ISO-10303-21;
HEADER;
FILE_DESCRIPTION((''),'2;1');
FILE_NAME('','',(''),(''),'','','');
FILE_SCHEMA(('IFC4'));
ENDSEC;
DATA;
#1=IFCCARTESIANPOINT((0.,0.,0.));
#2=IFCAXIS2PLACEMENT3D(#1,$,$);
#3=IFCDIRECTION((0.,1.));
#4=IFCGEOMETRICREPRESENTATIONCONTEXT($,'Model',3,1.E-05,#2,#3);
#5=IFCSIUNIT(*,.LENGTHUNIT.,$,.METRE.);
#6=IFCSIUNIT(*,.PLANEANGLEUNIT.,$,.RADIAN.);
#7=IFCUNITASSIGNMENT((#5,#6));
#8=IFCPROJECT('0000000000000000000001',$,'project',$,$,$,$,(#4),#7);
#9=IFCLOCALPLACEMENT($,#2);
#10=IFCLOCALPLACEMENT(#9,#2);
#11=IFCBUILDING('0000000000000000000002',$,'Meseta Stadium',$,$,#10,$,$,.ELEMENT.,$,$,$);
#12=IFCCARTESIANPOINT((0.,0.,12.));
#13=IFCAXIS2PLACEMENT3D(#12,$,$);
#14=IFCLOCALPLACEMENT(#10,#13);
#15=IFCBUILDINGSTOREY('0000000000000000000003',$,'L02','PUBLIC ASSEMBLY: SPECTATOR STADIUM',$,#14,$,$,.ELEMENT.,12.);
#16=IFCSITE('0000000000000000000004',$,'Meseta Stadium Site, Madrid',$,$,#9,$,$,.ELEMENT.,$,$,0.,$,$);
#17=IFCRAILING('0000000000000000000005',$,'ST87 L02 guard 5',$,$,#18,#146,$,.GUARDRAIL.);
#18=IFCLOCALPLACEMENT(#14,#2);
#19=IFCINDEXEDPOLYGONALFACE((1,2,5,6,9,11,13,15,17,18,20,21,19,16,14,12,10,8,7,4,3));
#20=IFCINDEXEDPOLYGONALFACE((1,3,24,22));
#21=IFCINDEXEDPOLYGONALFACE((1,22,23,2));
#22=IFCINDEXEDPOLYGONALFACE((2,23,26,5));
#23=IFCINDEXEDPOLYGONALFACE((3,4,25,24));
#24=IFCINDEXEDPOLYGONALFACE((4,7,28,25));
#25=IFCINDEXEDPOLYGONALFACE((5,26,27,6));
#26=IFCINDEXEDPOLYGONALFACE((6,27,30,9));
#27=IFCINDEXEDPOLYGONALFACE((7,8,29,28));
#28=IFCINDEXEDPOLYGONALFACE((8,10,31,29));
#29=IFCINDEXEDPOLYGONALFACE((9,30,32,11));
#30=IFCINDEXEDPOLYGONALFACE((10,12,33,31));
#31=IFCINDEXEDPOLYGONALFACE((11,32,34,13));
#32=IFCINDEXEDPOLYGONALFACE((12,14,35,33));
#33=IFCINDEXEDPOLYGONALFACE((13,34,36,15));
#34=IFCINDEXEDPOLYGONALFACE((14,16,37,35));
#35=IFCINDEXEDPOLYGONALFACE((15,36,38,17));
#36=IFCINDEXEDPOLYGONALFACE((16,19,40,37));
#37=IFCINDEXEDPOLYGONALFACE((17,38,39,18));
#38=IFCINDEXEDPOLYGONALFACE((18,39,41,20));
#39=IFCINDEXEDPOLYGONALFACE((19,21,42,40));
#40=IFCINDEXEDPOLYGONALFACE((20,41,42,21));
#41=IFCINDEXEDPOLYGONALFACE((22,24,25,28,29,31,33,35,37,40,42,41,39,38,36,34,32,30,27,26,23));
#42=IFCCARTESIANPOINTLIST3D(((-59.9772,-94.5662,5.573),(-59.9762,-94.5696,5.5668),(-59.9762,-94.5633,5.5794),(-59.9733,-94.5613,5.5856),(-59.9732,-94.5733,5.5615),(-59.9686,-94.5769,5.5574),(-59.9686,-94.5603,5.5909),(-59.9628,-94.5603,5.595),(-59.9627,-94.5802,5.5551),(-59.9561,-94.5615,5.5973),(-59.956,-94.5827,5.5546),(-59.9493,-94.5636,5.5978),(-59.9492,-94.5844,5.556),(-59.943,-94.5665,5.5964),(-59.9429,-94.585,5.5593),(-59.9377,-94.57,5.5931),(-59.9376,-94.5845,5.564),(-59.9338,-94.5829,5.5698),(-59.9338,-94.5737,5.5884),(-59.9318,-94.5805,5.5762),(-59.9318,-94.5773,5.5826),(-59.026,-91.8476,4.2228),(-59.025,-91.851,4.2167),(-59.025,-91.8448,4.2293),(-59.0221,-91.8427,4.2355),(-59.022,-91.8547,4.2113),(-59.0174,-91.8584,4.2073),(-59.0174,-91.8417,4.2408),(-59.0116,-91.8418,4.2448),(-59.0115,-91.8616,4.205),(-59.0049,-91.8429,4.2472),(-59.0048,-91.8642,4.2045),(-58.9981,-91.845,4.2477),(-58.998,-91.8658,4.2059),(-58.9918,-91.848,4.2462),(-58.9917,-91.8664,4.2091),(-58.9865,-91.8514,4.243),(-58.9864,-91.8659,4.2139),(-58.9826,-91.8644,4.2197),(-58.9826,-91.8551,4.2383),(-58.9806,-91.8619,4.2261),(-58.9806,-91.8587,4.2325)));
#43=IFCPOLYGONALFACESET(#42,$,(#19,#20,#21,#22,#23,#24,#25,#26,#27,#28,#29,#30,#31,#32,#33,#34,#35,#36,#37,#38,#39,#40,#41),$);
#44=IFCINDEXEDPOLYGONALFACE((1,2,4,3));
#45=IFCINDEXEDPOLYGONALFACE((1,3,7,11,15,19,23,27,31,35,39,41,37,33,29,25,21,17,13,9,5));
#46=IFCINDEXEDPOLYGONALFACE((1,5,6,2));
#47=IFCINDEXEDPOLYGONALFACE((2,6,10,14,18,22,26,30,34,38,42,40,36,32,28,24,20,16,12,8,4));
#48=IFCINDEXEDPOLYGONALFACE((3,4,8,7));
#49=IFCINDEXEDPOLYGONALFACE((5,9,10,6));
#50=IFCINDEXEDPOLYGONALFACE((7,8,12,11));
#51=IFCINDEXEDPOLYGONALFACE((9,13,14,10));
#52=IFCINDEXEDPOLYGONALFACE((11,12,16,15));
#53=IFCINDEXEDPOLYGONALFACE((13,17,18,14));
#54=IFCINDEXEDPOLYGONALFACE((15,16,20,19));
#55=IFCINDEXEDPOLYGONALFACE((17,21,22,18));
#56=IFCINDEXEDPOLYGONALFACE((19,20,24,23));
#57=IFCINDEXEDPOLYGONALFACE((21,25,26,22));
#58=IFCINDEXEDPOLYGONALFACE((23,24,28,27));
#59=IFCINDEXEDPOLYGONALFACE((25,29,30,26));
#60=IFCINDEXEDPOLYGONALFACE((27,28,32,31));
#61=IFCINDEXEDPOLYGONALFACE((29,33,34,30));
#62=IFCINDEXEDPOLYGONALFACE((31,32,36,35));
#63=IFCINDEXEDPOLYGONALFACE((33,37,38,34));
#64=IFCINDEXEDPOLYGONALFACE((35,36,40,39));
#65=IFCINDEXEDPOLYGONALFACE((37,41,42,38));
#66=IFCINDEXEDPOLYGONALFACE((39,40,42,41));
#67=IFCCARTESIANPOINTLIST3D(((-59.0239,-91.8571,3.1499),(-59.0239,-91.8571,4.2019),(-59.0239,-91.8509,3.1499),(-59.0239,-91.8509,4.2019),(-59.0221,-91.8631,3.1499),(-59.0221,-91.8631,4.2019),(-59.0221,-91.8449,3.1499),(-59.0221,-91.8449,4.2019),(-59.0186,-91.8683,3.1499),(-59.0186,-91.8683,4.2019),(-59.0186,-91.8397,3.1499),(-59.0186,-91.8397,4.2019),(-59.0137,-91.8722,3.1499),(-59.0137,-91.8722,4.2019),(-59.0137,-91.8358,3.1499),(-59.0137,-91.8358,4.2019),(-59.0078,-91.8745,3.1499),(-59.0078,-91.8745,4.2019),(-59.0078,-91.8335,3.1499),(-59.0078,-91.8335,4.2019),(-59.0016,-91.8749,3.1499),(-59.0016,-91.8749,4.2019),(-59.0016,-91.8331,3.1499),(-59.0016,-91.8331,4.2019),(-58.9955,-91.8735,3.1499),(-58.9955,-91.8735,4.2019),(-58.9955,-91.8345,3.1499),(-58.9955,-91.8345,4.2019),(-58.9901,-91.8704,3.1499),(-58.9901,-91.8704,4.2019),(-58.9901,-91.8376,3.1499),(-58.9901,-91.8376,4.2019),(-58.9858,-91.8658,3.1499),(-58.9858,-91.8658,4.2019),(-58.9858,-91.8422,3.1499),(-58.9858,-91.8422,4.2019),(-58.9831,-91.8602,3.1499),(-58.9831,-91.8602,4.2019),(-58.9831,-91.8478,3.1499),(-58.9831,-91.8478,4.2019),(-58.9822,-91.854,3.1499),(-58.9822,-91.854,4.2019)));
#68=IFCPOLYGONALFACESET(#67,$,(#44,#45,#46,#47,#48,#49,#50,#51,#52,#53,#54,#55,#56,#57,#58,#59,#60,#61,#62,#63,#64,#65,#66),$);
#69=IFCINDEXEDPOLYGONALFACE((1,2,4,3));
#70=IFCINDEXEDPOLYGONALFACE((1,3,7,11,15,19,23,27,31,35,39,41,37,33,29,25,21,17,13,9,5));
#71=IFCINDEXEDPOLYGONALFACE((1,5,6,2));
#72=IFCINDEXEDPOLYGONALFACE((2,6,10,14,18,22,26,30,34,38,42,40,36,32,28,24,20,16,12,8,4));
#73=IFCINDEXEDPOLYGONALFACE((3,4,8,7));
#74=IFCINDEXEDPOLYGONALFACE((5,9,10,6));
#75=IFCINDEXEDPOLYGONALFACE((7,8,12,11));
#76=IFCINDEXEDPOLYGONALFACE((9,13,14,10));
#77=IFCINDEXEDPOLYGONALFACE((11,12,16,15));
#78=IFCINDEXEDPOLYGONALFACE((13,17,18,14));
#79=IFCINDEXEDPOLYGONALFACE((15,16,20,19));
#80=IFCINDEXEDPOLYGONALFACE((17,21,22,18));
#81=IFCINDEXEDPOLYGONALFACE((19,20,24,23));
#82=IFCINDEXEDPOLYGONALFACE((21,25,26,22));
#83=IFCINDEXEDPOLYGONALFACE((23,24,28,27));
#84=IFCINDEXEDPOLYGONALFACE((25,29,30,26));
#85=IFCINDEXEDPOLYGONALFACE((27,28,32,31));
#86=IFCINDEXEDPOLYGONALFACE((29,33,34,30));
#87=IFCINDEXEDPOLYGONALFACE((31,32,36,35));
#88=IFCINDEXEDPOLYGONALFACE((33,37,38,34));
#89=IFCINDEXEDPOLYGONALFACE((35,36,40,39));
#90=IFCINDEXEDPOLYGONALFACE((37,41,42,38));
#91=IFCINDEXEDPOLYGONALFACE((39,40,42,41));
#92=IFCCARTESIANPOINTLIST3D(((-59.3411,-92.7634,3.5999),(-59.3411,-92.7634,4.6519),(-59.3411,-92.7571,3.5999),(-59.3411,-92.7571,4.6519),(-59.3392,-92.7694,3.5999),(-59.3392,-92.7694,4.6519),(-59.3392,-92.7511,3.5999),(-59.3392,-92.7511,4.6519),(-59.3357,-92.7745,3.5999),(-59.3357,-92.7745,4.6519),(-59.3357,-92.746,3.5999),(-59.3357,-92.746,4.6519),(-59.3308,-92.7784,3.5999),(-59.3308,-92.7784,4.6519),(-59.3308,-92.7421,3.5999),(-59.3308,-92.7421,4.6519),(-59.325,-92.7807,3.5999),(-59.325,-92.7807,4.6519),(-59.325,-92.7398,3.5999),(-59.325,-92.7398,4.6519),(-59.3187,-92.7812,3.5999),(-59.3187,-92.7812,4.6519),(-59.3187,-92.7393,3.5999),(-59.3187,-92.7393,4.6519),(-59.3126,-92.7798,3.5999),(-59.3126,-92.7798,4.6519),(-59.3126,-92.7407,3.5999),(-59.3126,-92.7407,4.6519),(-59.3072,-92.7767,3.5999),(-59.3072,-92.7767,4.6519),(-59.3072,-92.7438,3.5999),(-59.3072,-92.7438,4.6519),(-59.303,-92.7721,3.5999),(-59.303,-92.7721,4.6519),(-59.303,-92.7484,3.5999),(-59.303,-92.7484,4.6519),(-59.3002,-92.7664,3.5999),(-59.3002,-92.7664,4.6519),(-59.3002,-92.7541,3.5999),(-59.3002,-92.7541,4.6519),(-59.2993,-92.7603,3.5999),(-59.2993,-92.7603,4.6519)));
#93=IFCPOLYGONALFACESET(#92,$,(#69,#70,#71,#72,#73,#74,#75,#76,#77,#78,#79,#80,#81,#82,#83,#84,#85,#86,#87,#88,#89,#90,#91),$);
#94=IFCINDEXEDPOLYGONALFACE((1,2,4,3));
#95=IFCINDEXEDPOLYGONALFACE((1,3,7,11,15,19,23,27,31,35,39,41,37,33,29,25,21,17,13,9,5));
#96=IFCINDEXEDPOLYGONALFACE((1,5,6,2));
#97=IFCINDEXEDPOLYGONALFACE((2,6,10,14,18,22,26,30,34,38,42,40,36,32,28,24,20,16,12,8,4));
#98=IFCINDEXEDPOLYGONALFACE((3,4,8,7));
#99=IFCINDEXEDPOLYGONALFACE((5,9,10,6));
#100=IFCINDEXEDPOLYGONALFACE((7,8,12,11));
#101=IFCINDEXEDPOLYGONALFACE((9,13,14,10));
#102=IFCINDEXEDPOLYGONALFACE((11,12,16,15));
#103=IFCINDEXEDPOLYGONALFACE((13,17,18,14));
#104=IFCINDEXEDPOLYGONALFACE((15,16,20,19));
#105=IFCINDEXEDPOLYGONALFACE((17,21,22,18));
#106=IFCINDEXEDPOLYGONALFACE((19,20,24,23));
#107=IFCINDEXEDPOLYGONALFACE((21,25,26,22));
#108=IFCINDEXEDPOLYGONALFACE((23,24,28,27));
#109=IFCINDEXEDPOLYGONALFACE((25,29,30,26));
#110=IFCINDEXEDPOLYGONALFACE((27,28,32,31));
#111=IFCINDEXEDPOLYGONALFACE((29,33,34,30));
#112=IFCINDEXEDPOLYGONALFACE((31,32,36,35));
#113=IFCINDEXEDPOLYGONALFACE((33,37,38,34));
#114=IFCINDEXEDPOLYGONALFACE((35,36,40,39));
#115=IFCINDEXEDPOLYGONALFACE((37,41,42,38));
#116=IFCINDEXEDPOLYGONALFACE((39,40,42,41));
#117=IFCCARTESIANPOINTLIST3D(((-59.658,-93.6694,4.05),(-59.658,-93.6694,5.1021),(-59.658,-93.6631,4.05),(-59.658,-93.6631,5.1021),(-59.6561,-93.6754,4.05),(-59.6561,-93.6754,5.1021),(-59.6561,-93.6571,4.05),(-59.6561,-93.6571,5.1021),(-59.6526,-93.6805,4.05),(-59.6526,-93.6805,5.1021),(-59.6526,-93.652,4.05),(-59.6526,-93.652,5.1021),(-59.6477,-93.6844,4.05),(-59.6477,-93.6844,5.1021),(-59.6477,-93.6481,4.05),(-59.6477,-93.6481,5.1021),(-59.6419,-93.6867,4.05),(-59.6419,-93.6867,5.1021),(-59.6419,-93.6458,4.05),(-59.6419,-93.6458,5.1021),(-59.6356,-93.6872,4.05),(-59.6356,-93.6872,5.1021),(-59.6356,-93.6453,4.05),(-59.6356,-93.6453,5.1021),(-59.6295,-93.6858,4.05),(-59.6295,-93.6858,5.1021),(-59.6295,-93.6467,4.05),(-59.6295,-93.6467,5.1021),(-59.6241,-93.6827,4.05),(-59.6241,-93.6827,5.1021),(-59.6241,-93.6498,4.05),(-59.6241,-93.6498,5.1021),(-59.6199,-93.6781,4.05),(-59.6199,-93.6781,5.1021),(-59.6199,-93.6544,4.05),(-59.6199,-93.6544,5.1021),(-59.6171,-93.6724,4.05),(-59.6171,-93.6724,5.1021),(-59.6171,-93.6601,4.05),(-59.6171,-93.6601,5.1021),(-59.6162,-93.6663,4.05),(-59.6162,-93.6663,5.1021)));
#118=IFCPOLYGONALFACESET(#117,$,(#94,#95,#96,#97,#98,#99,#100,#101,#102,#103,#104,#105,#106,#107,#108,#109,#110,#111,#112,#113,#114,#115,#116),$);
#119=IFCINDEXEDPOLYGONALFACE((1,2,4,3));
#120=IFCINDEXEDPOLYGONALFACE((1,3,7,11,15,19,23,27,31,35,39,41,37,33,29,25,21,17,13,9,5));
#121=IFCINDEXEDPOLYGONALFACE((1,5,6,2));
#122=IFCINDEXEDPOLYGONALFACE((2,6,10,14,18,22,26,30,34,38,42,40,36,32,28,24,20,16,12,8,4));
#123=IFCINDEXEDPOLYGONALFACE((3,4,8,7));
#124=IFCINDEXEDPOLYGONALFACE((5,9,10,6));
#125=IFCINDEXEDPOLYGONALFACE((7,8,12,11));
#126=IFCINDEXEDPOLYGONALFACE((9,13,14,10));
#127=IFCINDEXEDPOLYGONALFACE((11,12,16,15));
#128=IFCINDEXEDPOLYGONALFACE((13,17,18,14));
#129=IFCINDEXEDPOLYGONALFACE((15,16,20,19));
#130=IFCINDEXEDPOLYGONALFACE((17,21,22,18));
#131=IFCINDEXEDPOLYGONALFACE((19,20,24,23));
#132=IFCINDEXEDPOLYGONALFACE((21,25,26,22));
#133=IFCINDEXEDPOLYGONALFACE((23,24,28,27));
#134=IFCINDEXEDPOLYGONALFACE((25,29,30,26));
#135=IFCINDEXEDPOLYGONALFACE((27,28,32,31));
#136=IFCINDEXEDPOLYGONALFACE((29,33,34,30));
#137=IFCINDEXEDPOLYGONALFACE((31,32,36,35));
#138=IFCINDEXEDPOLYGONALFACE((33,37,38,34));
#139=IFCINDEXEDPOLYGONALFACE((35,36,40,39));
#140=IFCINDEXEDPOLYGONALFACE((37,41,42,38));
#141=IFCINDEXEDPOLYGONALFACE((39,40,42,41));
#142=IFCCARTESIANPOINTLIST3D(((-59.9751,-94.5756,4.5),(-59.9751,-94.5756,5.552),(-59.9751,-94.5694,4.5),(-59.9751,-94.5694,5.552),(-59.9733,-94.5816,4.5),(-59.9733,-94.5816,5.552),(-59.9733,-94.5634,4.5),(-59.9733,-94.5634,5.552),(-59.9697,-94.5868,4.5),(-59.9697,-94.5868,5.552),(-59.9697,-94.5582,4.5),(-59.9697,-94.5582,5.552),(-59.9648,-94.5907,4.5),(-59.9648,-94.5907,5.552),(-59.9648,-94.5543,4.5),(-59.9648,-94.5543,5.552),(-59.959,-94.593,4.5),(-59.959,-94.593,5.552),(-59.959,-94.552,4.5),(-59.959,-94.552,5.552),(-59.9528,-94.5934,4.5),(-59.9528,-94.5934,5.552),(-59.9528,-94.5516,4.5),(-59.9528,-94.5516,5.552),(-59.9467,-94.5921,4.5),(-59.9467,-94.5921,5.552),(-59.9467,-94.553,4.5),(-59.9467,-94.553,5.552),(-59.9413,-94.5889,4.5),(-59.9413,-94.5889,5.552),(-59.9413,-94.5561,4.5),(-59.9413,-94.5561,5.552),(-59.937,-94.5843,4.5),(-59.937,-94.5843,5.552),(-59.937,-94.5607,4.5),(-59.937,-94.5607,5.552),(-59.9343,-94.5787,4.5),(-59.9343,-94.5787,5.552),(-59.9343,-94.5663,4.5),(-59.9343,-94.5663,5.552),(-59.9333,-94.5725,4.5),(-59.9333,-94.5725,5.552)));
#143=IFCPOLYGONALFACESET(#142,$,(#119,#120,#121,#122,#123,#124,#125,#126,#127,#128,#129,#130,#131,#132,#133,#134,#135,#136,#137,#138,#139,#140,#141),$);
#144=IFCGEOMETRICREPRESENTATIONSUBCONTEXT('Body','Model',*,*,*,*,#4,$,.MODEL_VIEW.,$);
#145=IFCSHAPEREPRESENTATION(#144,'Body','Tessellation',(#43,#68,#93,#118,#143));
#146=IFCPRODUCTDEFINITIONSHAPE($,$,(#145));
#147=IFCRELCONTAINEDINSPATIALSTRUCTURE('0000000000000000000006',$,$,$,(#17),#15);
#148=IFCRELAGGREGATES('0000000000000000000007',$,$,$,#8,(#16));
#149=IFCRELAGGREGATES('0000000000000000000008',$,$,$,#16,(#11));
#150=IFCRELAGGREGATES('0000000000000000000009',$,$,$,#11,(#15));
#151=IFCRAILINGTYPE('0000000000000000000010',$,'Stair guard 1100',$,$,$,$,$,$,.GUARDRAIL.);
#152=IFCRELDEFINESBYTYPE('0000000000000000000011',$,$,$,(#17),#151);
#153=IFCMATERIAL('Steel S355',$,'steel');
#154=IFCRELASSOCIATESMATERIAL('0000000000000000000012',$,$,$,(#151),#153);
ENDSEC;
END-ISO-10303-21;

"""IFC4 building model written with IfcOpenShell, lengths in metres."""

from ifc_helpers import new_model, si_unit, direction, frame, origin, origin_2d, place, context, subcontext, project, spatial, circle, extrude, material, type_object, element, save


model = new_model("IFC4")

# Units and contexts
model_context = context("Model", 3, precision=1e-05, world=origin(), true_north=direction((0.0, 1.0)))
body_context = subcontext(model_context, "Body", "Model", "MODEL_VIEW")
ifc_project = project(units=[si_unit("LENGTHUNIT", "METRE"), si_unit("PLANEANGLEUNIT", "RADIAN")], contexts=[model_context])

# Site, building, storey
site_placement = place(None, origin())
site = spatial("IfcSite", under=ifc_project, at=site_placement, Name="Meseta Stadium Site, Madrid", CompositionType="ELEMENT", RefElevation=0.0)
building_placement = place(site_placement, origin())
building = spatial("IfcBuilding", under=site, at=building_placement, Name="Meseta Stadium", CompositionType="ELEMENT")
storey_placement = place(building_placement, frame((0.0, 0.0, 12.0)))
storey = spatial("IfcBuildingStorey", under=building, at=storey_placement, Name="L02", Description="PUBLIC ASSEMBLY: SPECTATOR STADIUM", CompositionType="ELEMENT", Elevation=12.0)

# Railing
ifc_material_1 = material(Name="Steel S355", Category="steel")
railing_type_1 = type_object("IfcRailingType", Name="Stair guard 1100", PredefinedType="GUARDRAIL", material=ifc_material_1)
railing_1_placement = place(storey_placement, frame((-59.0032, -91.854, 3.1499)))
element("IfcRailing", 1, at=railing_1_placement, inside=storey, type_object=railing_type_1, Name="ST87 L02 guard 5", PredefinedType="GUARDRAIL", context=body_context, shape_type="SweptSolid", body=[
    extrude(circle(Radius=0.0239, at=origin_2d()), frame((0.0, 0.0, 1.0762), z_axis=(-0.299031, -0.854649, 0.424446), x_axis=(0.943891, -0.330256, 0.0)), (0.0, 0.0, 1.0), 3.1809),
    extrude(circle(Radius=0.021, at=origin_2d()), origin(), (0.0, 0.0, 1.0), 1.052),
    extrude(circle(Radius=0.021, at=origin_2d()), frame((-0.3171, -0.9062, 0.45)), (0.0, 0.0, 1.0), 1.052),
    extrude(circle(Radius=0.021, at=origin_2d()), frame((-0.634, -1.8123, 0.9001)), (0.0, 0.0, 1.0), 1.052),
    extrude(circle(Radius=0.021, at=origin_2d()), frame((-0.9512, -2.7185, 1.3501)), (0.0, 0.0, 1.0), 1.052),
])

save(model, "model.ifc")
